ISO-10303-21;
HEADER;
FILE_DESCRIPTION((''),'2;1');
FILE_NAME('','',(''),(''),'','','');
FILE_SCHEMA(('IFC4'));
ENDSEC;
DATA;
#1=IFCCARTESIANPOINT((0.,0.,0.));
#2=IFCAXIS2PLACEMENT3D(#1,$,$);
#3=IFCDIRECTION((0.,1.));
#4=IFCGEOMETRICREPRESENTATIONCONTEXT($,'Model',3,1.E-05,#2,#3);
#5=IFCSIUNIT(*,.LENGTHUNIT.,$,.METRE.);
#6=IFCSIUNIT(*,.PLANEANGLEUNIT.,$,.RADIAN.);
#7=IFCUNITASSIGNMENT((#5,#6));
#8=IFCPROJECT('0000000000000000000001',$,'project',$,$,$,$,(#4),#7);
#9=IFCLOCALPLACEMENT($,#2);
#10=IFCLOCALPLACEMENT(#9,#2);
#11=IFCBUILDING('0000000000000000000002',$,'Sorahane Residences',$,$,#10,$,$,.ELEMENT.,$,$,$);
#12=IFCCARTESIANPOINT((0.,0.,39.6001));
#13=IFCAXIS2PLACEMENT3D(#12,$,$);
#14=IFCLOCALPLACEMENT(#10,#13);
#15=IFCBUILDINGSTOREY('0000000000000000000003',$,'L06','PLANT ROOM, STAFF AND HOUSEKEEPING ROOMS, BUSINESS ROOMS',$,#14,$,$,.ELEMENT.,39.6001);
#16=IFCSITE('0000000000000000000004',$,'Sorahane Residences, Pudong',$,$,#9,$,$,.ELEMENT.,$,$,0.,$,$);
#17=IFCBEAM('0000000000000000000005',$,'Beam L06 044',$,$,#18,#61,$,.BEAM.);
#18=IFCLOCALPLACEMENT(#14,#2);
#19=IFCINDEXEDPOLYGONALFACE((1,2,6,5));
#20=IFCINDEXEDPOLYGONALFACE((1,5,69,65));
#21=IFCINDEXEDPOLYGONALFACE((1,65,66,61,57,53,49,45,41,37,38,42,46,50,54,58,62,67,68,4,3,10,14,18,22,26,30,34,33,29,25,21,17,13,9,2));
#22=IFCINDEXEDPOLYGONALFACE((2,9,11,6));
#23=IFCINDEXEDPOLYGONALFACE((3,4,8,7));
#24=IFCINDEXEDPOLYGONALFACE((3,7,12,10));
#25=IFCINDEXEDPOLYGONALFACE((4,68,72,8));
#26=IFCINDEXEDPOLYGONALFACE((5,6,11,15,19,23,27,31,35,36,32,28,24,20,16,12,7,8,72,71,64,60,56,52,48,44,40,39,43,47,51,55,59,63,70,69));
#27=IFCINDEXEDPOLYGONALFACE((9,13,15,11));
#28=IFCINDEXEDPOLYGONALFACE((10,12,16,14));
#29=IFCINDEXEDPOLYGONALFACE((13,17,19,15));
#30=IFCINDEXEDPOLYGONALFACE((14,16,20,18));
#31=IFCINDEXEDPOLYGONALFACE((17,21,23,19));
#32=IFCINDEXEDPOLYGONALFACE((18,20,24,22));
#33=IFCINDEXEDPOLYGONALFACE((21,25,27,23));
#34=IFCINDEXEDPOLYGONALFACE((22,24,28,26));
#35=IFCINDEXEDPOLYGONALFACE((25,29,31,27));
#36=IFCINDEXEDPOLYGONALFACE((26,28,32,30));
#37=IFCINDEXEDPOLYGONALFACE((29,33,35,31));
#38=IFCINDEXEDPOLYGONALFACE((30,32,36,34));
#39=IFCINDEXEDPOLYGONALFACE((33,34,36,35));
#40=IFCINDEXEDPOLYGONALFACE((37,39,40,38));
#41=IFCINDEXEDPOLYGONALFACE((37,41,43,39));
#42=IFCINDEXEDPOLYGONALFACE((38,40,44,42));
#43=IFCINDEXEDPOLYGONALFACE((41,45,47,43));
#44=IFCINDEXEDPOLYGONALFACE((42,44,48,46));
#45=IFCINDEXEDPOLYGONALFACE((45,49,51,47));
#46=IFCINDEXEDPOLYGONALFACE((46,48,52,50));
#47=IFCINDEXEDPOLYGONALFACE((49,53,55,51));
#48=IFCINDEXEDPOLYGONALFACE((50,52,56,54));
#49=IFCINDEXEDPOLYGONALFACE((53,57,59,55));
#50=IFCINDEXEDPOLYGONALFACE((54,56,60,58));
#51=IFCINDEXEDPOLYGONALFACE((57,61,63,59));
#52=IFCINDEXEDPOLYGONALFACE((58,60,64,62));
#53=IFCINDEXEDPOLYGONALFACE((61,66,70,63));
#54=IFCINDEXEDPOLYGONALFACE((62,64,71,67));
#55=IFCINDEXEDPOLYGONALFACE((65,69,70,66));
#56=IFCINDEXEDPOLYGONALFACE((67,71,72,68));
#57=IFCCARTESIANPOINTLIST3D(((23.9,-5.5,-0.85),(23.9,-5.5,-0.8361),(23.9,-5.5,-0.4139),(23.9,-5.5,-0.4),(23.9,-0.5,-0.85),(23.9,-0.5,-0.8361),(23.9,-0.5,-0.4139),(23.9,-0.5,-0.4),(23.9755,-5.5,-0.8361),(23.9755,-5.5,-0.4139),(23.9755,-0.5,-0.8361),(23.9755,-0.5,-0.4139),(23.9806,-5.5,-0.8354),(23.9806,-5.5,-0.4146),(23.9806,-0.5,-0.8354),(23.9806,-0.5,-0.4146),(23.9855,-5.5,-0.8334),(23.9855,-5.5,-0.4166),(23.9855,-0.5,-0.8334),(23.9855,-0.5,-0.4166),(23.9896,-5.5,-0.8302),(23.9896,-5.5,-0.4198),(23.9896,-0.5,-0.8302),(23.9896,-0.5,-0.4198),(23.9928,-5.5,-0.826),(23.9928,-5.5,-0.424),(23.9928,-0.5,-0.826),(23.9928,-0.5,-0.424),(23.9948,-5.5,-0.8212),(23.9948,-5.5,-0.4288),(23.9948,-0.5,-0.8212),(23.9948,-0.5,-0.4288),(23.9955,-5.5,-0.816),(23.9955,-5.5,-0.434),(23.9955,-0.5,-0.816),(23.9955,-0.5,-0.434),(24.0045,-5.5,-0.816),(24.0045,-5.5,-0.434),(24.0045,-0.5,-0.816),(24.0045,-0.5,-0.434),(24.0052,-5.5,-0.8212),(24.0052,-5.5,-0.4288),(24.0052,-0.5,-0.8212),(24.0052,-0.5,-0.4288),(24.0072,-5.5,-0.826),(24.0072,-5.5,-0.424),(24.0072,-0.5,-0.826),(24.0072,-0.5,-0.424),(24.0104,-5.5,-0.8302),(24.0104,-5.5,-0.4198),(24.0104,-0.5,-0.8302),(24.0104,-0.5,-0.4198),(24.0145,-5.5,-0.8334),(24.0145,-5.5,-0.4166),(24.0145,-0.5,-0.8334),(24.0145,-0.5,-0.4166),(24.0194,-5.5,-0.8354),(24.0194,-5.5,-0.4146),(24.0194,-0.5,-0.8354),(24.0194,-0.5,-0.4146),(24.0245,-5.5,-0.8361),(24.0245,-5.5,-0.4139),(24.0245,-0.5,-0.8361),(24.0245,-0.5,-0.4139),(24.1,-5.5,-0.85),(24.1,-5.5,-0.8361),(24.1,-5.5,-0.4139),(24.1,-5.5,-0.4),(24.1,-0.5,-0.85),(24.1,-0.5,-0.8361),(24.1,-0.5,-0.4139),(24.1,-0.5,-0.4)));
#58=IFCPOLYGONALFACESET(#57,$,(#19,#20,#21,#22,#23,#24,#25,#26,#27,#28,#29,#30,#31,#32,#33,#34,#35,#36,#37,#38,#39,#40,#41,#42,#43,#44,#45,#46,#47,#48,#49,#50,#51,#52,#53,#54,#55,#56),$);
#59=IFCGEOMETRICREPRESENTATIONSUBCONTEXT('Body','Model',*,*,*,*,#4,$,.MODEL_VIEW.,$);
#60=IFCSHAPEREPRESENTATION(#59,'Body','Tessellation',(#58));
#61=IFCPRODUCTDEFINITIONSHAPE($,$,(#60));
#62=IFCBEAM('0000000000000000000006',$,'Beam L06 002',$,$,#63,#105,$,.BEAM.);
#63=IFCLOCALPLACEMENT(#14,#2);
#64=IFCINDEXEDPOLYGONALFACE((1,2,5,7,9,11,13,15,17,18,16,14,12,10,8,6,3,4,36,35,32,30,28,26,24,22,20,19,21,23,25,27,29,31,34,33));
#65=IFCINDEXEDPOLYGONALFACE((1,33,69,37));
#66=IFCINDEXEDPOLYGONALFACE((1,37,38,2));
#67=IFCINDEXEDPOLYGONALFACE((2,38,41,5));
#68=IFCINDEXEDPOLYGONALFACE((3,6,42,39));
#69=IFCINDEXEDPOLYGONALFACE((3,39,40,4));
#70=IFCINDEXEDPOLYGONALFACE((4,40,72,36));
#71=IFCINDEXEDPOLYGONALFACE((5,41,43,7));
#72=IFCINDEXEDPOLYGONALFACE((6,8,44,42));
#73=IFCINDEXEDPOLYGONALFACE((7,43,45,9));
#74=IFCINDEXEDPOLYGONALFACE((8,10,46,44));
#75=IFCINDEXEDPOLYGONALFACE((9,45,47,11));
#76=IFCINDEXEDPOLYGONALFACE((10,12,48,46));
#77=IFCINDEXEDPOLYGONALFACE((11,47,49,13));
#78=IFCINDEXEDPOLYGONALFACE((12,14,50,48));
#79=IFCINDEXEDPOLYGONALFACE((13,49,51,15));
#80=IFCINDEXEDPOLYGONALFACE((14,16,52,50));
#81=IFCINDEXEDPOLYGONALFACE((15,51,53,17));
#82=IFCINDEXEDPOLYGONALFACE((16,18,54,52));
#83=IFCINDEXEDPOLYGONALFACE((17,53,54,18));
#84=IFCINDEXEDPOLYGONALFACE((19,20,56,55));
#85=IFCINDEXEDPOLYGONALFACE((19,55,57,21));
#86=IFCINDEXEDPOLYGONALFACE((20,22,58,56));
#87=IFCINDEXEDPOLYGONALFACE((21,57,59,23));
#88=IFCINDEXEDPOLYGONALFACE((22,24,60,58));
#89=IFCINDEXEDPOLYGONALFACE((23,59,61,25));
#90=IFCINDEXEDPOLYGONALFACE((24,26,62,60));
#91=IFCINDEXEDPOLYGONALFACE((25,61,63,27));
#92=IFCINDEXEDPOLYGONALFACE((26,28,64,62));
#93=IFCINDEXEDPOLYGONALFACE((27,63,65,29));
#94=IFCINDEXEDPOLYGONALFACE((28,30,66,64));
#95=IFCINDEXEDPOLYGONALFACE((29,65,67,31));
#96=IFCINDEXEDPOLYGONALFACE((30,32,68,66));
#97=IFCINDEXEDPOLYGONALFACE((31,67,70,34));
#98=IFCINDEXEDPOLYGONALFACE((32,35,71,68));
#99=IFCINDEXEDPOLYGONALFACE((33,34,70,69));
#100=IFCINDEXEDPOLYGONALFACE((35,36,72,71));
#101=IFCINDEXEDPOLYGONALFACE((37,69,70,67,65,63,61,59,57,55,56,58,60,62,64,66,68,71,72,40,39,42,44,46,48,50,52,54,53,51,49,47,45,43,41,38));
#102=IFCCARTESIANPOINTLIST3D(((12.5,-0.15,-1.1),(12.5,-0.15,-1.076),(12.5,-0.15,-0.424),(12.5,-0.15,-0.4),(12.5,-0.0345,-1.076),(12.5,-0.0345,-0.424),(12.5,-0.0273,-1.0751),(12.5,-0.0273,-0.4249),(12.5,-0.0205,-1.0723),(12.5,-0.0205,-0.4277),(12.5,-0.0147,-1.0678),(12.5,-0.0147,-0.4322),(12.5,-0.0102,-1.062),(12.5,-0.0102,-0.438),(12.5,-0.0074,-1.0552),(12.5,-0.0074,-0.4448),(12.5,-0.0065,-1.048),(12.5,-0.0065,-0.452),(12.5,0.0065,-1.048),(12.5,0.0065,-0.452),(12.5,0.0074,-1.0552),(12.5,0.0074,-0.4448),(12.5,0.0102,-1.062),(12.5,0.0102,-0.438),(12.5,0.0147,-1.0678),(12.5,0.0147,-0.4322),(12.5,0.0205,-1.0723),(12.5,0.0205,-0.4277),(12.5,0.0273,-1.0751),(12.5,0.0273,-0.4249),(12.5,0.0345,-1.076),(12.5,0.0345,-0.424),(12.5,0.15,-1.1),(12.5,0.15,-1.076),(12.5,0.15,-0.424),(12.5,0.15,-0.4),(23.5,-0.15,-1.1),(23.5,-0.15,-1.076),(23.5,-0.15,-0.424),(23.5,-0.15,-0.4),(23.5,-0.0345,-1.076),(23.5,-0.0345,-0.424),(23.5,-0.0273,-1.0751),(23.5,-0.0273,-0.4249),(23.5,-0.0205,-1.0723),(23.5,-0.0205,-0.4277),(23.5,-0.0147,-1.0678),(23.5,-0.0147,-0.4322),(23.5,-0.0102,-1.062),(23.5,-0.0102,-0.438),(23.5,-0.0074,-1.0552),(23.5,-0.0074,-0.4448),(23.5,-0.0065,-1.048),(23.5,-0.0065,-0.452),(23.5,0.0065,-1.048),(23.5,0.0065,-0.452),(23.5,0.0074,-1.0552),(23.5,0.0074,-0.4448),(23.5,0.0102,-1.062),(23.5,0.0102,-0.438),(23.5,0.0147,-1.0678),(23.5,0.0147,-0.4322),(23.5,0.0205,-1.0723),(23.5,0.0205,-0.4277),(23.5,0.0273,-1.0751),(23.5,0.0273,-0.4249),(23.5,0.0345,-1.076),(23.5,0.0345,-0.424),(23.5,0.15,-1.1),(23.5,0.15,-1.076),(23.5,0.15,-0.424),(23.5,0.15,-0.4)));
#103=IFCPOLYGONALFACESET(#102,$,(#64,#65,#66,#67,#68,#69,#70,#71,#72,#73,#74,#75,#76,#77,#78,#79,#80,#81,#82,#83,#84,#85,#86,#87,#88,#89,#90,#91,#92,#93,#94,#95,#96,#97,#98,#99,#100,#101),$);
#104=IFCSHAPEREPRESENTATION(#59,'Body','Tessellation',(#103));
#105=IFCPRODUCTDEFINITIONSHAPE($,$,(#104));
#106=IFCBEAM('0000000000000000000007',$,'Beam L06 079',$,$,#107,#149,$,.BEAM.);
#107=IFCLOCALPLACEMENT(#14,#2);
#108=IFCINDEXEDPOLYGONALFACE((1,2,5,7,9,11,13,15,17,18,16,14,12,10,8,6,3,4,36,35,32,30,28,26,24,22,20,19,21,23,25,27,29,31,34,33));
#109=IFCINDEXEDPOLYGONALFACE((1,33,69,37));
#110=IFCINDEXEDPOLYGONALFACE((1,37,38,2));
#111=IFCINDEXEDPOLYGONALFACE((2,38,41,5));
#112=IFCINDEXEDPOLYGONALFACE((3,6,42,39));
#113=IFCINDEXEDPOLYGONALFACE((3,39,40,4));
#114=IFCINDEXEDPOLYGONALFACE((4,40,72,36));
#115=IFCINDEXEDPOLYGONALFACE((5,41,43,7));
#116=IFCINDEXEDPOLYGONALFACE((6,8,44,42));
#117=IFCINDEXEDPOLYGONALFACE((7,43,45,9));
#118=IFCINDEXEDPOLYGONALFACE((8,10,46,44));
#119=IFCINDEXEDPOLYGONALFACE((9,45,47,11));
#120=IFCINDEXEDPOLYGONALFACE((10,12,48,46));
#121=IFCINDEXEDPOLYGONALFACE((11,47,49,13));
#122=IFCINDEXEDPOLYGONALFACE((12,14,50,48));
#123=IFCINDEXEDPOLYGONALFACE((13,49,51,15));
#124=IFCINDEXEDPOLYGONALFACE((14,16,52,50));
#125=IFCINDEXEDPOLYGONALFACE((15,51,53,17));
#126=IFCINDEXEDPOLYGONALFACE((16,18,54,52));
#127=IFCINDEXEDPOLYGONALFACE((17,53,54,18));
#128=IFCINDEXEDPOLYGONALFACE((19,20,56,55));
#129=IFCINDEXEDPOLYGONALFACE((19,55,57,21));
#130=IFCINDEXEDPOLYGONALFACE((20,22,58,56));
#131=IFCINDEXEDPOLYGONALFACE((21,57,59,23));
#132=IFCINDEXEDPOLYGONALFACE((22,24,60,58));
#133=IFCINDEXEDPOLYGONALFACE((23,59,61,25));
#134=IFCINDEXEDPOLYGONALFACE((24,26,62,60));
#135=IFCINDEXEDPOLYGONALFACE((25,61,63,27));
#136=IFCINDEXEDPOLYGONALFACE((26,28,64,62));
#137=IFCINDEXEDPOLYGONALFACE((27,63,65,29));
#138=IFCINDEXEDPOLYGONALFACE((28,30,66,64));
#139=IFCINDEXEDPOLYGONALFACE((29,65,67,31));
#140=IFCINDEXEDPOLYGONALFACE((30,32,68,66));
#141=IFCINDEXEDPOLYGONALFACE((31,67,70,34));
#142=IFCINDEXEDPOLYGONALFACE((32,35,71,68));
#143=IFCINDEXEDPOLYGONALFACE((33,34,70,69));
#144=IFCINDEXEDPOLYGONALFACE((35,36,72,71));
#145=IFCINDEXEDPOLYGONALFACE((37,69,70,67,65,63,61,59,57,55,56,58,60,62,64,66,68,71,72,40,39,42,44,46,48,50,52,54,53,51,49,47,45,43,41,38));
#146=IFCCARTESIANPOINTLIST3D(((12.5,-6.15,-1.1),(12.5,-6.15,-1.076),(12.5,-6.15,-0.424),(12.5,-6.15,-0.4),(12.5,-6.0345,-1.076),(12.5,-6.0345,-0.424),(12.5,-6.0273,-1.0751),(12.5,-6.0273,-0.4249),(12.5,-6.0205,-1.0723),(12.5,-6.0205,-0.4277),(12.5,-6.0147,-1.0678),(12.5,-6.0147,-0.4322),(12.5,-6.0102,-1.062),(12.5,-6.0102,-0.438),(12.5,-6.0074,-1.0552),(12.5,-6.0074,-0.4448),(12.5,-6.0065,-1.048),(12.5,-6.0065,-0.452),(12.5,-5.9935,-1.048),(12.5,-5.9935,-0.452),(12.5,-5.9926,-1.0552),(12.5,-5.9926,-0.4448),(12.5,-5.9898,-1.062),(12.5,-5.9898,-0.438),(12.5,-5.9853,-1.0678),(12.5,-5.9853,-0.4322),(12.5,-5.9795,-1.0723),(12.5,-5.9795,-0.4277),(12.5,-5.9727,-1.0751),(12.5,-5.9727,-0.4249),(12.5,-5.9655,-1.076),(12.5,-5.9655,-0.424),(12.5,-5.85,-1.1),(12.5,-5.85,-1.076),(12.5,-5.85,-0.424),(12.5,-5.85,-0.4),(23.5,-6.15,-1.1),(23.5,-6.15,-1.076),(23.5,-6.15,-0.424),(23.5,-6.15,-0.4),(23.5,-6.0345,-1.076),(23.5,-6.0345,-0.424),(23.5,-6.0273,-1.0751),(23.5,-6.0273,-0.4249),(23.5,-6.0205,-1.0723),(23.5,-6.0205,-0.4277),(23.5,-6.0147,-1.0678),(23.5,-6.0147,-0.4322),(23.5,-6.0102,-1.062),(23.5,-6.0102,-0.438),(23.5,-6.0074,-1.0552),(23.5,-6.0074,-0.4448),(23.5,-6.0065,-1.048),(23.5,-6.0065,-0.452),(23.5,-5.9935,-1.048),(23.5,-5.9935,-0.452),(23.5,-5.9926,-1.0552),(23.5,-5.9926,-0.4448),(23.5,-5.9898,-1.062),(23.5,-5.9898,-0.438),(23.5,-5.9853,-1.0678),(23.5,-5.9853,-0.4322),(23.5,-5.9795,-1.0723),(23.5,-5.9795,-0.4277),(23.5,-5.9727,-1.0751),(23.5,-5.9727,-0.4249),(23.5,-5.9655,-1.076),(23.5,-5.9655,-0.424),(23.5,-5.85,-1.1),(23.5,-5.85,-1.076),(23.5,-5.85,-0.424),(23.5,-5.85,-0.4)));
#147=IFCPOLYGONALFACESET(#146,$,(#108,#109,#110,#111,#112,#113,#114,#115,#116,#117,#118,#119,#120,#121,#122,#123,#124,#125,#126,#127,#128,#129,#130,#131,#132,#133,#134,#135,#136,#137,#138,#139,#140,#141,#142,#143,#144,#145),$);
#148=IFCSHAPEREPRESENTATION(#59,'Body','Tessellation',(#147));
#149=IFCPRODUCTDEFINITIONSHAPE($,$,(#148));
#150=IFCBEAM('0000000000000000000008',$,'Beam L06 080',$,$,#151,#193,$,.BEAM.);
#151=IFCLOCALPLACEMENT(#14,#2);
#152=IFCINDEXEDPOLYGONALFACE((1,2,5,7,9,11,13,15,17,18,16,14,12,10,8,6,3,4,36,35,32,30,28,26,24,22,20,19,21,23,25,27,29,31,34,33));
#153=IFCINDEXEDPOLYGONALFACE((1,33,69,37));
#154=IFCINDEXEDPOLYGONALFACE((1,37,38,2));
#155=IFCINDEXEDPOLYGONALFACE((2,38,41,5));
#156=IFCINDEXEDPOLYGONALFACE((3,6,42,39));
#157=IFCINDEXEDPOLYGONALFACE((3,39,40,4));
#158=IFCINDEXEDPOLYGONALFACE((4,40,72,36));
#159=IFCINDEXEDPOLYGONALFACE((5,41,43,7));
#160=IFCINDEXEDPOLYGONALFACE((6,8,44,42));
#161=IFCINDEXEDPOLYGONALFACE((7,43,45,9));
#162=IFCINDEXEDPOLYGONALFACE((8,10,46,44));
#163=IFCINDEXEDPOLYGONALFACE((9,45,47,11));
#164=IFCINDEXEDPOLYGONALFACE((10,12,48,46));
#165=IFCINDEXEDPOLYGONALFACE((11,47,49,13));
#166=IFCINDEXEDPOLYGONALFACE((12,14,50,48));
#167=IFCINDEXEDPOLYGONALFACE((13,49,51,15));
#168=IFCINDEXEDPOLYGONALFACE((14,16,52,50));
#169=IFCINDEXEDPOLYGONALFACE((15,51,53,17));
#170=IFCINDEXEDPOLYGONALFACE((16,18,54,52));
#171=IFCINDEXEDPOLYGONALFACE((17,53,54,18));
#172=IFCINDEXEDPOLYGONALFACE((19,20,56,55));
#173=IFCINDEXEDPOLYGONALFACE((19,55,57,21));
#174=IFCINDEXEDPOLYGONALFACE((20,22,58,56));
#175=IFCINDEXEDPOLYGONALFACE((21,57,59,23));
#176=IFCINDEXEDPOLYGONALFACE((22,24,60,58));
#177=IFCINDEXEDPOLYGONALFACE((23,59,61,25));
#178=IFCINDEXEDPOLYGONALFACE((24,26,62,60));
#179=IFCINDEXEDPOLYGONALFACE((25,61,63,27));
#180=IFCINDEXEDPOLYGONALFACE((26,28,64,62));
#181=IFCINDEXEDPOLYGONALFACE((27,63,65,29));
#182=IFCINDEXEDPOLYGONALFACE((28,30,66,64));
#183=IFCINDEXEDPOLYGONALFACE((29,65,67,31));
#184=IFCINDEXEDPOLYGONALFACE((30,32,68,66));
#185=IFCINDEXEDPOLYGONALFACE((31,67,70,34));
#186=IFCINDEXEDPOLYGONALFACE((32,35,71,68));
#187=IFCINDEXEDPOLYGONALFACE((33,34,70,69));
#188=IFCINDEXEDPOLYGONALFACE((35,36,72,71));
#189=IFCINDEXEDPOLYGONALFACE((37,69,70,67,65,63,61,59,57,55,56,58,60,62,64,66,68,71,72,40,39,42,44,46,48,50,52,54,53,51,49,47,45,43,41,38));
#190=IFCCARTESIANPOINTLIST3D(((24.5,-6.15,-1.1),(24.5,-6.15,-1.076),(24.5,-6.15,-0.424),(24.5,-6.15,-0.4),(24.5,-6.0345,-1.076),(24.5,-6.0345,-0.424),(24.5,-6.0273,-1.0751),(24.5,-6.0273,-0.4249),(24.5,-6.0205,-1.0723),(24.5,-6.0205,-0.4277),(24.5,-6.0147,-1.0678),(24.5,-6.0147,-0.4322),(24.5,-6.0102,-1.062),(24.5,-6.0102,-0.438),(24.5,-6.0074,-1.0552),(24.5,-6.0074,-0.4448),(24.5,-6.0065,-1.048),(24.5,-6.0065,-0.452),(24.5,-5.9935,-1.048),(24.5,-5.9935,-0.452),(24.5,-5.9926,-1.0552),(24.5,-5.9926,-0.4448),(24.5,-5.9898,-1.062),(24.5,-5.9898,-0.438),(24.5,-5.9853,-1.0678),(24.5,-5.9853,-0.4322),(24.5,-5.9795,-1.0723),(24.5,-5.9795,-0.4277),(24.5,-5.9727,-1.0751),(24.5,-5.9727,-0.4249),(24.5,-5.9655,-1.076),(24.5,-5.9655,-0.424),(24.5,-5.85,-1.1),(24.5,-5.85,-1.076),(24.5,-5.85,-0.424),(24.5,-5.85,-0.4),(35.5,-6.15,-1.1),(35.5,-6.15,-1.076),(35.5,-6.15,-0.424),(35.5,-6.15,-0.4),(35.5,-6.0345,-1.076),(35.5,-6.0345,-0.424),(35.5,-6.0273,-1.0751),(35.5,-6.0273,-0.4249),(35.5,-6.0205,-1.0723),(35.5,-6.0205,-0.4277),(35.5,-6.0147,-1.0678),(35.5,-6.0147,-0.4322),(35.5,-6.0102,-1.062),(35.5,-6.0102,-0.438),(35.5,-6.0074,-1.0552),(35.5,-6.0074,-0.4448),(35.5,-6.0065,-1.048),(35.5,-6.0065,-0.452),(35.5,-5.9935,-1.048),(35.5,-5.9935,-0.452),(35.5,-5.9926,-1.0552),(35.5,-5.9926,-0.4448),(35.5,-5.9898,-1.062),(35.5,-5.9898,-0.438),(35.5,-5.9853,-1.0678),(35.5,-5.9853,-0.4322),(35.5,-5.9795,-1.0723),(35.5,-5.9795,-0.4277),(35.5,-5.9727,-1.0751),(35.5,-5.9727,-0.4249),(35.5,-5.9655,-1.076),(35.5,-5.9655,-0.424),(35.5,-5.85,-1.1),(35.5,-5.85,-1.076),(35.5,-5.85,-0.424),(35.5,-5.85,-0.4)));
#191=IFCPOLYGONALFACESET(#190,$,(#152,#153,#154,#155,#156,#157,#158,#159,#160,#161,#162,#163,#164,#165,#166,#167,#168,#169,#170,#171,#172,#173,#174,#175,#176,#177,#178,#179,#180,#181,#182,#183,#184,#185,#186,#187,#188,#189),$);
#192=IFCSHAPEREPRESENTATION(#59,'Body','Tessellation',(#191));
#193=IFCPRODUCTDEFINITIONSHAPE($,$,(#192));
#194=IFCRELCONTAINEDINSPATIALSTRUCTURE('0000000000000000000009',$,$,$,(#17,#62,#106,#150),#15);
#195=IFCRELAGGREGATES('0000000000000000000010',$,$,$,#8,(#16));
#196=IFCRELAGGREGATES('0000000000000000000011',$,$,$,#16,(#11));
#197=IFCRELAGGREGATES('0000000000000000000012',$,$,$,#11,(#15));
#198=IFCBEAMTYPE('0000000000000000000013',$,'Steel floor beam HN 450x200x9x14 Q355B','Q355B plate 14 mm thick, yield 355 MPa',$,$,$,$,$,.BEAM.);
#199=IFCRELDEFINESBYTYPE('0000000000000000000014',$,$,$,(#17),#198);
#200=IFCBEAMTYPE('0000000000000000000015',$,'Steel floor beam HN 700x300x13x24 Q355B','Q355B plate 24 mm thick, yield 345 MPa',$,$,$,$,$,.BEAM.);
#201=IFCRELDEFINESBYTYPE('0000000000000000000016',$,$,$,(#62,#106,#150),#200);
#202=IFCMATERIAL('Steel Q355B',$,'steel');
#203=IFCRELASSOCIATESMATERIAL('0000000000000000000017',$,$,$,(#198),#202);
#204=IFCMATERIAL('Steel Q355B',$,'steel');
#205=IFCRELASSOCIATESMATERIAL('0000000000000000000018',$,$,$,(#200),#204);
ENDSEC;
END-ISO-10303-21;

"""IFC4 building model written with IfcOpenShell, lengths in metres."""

from ifc_helpers import new_model, si_unit, direction, frame, origin, origin_2d, place, context, subcontext, project, spatial, i_section, extrude, material, material_profile, profile_set, type_object, element, save


model = new_model("IFC4")

# Units and contexts
model_context = context("Model", 3, precision=1e-05, world=origin(), true_north=direction((0.0, 1.0)))
body_context = subcontext(model_context, "Body", "Model", "MODEL_VIEW")
ifc_project = project(units=[si_unit("LENGTHUNIT", "METRE"), si_unit("PLANEANGLEUNIT", "RADIAN")], contexts=[model_context])

# Site, building, storey
site_placement = place(None, origin())
site = spatial("IfcSite", under=ifc_project, at=site_placement, Name="Sorahane Residences, Pudong", CompositionType="ELEMENT", RefElevation=0.0)
building_placement = place(site_placement, origin())
building = spatial("IfcBuilding", under=site, at=building_placement, Name="Sorahane Residences", CompositionType="ELEMENT")
storey_placement = place(building_placement, frame((0.0, 0.0, 39.6001)))
storey = spatial("IfcBuildingStorey", under=building, at=storey_placement, Name="L06", Description="PLANT ROOM, STAFF AND HOUSEKEEPING ROOMS, BUSINESS ROOMS", CompositionType="ELEMENT", Elevation=39.6001)

# Beams
ifc_material_1 = material(Name="Steel Q355B", Category="steel")
ifc_material_profile_1 = material_profile(ifc_material_1, i_section(OverallWidth=0.2, OverallDepth=0.45, WebThickness=0.009, FlangeThickness=0.0139, FilletRadius=0.02, at=origin_2d()), Name="HN 450x200x9x14")
ifc_profile_set_1 = profile_set([ifc_material_profile_1], Name="Steel Q355B")
beam_type_1 = type_object("IfcBeamType", Name="Steel floor beam HN 450x200x9x14 Q355B", Description="Q355B plate 14 mm thick, yield 355 MPa", PredefinedType="BEAM", material=ifc_profile_set_1)
for number, where, z_axis, x_axis, name in (
    (1, (24.0, -5.5, -0.625), (0.0, 1.0, 0.0), (-1.0, 0.0, 0.0), "Beam L06 044"),
):
    element("IfcBeam", number, at=place(storey_placement, frame(where, z_axis=z_axis, x_axis=x_axis)), inside=storey, type_object=beam_type_1, Name=name, PredefinedType="BEAM", context=body_context, shape_type="SweptSolid", body=[
        extrude(i_section(OverallWidth=0.2, OverallDepth=0.45, WebThickness=0.009, FlangeThickness=0.0139, FilletRadius=0.02, at=origin_2d()), origin(), (0.0, 0.0, 1.0), 5.0),
    ])
ifc_material_2 = material(Name="Steel Q355B", Category="steel")
ifc_material_profile_2 = material_profile(ifc_material_2, i_section(OverallWidth=0.3, OverallDepth=0.7, WebThickness=0.0129, FlangeThickness=0.0239, FilletRadius=0.0281, at=origin_2d()), Name="HN 700x300x13x24")
ifc_profile_set_2 = profile_set([ifc_material_profile_2], Name="Steel Q355B")
beam_type_2 = type_object("IfcBeamType", Name="Steel floor beam HN 700x300x13x24 Q355B", Description="Q355B plate 24 mm thick, yield 345 MPa", PredefinedType="BEAM", material=ifc_profile_set_2)
for number, where, z_axis, x_axis, name in (
    (2, (12.5, 0.0, -0.75), (1.0, 0.0, 0.0), (0.0, 1.0, 0.0), "Beam L06 002"),
    (3, (12.5, -6.0, -0.75), (1.0, 0.0, 0.0), (0.0, 1.0, 0.0), "Beam L06 079"),
    (4, (24.5, -6.0, -0.75), (1.0, 0.0, 0.0), (0.0, 1.0, 0.0), "Beam L06 080"),
):
    element("IfcBeam", number, at=place(storey_placement, frame(where, z_axis=z_axis, x_axis=x_axis)), inside=storey, type_object=beam_type_2, Name=name, PredefinedType="BEAM", context=body_context, shape_type="SweptSolid", body=[
        extrude(i_section(OverallWidth=0.3, OverallDepth=0.7, WebThickness=0.0129, FlangeThickness=0.0239, FilletRadius=0.0281, at=origin_2d()), origin(), (0.0, 0.0, 1.0), 11.0),
    ])

save(model, "model.ifc")
